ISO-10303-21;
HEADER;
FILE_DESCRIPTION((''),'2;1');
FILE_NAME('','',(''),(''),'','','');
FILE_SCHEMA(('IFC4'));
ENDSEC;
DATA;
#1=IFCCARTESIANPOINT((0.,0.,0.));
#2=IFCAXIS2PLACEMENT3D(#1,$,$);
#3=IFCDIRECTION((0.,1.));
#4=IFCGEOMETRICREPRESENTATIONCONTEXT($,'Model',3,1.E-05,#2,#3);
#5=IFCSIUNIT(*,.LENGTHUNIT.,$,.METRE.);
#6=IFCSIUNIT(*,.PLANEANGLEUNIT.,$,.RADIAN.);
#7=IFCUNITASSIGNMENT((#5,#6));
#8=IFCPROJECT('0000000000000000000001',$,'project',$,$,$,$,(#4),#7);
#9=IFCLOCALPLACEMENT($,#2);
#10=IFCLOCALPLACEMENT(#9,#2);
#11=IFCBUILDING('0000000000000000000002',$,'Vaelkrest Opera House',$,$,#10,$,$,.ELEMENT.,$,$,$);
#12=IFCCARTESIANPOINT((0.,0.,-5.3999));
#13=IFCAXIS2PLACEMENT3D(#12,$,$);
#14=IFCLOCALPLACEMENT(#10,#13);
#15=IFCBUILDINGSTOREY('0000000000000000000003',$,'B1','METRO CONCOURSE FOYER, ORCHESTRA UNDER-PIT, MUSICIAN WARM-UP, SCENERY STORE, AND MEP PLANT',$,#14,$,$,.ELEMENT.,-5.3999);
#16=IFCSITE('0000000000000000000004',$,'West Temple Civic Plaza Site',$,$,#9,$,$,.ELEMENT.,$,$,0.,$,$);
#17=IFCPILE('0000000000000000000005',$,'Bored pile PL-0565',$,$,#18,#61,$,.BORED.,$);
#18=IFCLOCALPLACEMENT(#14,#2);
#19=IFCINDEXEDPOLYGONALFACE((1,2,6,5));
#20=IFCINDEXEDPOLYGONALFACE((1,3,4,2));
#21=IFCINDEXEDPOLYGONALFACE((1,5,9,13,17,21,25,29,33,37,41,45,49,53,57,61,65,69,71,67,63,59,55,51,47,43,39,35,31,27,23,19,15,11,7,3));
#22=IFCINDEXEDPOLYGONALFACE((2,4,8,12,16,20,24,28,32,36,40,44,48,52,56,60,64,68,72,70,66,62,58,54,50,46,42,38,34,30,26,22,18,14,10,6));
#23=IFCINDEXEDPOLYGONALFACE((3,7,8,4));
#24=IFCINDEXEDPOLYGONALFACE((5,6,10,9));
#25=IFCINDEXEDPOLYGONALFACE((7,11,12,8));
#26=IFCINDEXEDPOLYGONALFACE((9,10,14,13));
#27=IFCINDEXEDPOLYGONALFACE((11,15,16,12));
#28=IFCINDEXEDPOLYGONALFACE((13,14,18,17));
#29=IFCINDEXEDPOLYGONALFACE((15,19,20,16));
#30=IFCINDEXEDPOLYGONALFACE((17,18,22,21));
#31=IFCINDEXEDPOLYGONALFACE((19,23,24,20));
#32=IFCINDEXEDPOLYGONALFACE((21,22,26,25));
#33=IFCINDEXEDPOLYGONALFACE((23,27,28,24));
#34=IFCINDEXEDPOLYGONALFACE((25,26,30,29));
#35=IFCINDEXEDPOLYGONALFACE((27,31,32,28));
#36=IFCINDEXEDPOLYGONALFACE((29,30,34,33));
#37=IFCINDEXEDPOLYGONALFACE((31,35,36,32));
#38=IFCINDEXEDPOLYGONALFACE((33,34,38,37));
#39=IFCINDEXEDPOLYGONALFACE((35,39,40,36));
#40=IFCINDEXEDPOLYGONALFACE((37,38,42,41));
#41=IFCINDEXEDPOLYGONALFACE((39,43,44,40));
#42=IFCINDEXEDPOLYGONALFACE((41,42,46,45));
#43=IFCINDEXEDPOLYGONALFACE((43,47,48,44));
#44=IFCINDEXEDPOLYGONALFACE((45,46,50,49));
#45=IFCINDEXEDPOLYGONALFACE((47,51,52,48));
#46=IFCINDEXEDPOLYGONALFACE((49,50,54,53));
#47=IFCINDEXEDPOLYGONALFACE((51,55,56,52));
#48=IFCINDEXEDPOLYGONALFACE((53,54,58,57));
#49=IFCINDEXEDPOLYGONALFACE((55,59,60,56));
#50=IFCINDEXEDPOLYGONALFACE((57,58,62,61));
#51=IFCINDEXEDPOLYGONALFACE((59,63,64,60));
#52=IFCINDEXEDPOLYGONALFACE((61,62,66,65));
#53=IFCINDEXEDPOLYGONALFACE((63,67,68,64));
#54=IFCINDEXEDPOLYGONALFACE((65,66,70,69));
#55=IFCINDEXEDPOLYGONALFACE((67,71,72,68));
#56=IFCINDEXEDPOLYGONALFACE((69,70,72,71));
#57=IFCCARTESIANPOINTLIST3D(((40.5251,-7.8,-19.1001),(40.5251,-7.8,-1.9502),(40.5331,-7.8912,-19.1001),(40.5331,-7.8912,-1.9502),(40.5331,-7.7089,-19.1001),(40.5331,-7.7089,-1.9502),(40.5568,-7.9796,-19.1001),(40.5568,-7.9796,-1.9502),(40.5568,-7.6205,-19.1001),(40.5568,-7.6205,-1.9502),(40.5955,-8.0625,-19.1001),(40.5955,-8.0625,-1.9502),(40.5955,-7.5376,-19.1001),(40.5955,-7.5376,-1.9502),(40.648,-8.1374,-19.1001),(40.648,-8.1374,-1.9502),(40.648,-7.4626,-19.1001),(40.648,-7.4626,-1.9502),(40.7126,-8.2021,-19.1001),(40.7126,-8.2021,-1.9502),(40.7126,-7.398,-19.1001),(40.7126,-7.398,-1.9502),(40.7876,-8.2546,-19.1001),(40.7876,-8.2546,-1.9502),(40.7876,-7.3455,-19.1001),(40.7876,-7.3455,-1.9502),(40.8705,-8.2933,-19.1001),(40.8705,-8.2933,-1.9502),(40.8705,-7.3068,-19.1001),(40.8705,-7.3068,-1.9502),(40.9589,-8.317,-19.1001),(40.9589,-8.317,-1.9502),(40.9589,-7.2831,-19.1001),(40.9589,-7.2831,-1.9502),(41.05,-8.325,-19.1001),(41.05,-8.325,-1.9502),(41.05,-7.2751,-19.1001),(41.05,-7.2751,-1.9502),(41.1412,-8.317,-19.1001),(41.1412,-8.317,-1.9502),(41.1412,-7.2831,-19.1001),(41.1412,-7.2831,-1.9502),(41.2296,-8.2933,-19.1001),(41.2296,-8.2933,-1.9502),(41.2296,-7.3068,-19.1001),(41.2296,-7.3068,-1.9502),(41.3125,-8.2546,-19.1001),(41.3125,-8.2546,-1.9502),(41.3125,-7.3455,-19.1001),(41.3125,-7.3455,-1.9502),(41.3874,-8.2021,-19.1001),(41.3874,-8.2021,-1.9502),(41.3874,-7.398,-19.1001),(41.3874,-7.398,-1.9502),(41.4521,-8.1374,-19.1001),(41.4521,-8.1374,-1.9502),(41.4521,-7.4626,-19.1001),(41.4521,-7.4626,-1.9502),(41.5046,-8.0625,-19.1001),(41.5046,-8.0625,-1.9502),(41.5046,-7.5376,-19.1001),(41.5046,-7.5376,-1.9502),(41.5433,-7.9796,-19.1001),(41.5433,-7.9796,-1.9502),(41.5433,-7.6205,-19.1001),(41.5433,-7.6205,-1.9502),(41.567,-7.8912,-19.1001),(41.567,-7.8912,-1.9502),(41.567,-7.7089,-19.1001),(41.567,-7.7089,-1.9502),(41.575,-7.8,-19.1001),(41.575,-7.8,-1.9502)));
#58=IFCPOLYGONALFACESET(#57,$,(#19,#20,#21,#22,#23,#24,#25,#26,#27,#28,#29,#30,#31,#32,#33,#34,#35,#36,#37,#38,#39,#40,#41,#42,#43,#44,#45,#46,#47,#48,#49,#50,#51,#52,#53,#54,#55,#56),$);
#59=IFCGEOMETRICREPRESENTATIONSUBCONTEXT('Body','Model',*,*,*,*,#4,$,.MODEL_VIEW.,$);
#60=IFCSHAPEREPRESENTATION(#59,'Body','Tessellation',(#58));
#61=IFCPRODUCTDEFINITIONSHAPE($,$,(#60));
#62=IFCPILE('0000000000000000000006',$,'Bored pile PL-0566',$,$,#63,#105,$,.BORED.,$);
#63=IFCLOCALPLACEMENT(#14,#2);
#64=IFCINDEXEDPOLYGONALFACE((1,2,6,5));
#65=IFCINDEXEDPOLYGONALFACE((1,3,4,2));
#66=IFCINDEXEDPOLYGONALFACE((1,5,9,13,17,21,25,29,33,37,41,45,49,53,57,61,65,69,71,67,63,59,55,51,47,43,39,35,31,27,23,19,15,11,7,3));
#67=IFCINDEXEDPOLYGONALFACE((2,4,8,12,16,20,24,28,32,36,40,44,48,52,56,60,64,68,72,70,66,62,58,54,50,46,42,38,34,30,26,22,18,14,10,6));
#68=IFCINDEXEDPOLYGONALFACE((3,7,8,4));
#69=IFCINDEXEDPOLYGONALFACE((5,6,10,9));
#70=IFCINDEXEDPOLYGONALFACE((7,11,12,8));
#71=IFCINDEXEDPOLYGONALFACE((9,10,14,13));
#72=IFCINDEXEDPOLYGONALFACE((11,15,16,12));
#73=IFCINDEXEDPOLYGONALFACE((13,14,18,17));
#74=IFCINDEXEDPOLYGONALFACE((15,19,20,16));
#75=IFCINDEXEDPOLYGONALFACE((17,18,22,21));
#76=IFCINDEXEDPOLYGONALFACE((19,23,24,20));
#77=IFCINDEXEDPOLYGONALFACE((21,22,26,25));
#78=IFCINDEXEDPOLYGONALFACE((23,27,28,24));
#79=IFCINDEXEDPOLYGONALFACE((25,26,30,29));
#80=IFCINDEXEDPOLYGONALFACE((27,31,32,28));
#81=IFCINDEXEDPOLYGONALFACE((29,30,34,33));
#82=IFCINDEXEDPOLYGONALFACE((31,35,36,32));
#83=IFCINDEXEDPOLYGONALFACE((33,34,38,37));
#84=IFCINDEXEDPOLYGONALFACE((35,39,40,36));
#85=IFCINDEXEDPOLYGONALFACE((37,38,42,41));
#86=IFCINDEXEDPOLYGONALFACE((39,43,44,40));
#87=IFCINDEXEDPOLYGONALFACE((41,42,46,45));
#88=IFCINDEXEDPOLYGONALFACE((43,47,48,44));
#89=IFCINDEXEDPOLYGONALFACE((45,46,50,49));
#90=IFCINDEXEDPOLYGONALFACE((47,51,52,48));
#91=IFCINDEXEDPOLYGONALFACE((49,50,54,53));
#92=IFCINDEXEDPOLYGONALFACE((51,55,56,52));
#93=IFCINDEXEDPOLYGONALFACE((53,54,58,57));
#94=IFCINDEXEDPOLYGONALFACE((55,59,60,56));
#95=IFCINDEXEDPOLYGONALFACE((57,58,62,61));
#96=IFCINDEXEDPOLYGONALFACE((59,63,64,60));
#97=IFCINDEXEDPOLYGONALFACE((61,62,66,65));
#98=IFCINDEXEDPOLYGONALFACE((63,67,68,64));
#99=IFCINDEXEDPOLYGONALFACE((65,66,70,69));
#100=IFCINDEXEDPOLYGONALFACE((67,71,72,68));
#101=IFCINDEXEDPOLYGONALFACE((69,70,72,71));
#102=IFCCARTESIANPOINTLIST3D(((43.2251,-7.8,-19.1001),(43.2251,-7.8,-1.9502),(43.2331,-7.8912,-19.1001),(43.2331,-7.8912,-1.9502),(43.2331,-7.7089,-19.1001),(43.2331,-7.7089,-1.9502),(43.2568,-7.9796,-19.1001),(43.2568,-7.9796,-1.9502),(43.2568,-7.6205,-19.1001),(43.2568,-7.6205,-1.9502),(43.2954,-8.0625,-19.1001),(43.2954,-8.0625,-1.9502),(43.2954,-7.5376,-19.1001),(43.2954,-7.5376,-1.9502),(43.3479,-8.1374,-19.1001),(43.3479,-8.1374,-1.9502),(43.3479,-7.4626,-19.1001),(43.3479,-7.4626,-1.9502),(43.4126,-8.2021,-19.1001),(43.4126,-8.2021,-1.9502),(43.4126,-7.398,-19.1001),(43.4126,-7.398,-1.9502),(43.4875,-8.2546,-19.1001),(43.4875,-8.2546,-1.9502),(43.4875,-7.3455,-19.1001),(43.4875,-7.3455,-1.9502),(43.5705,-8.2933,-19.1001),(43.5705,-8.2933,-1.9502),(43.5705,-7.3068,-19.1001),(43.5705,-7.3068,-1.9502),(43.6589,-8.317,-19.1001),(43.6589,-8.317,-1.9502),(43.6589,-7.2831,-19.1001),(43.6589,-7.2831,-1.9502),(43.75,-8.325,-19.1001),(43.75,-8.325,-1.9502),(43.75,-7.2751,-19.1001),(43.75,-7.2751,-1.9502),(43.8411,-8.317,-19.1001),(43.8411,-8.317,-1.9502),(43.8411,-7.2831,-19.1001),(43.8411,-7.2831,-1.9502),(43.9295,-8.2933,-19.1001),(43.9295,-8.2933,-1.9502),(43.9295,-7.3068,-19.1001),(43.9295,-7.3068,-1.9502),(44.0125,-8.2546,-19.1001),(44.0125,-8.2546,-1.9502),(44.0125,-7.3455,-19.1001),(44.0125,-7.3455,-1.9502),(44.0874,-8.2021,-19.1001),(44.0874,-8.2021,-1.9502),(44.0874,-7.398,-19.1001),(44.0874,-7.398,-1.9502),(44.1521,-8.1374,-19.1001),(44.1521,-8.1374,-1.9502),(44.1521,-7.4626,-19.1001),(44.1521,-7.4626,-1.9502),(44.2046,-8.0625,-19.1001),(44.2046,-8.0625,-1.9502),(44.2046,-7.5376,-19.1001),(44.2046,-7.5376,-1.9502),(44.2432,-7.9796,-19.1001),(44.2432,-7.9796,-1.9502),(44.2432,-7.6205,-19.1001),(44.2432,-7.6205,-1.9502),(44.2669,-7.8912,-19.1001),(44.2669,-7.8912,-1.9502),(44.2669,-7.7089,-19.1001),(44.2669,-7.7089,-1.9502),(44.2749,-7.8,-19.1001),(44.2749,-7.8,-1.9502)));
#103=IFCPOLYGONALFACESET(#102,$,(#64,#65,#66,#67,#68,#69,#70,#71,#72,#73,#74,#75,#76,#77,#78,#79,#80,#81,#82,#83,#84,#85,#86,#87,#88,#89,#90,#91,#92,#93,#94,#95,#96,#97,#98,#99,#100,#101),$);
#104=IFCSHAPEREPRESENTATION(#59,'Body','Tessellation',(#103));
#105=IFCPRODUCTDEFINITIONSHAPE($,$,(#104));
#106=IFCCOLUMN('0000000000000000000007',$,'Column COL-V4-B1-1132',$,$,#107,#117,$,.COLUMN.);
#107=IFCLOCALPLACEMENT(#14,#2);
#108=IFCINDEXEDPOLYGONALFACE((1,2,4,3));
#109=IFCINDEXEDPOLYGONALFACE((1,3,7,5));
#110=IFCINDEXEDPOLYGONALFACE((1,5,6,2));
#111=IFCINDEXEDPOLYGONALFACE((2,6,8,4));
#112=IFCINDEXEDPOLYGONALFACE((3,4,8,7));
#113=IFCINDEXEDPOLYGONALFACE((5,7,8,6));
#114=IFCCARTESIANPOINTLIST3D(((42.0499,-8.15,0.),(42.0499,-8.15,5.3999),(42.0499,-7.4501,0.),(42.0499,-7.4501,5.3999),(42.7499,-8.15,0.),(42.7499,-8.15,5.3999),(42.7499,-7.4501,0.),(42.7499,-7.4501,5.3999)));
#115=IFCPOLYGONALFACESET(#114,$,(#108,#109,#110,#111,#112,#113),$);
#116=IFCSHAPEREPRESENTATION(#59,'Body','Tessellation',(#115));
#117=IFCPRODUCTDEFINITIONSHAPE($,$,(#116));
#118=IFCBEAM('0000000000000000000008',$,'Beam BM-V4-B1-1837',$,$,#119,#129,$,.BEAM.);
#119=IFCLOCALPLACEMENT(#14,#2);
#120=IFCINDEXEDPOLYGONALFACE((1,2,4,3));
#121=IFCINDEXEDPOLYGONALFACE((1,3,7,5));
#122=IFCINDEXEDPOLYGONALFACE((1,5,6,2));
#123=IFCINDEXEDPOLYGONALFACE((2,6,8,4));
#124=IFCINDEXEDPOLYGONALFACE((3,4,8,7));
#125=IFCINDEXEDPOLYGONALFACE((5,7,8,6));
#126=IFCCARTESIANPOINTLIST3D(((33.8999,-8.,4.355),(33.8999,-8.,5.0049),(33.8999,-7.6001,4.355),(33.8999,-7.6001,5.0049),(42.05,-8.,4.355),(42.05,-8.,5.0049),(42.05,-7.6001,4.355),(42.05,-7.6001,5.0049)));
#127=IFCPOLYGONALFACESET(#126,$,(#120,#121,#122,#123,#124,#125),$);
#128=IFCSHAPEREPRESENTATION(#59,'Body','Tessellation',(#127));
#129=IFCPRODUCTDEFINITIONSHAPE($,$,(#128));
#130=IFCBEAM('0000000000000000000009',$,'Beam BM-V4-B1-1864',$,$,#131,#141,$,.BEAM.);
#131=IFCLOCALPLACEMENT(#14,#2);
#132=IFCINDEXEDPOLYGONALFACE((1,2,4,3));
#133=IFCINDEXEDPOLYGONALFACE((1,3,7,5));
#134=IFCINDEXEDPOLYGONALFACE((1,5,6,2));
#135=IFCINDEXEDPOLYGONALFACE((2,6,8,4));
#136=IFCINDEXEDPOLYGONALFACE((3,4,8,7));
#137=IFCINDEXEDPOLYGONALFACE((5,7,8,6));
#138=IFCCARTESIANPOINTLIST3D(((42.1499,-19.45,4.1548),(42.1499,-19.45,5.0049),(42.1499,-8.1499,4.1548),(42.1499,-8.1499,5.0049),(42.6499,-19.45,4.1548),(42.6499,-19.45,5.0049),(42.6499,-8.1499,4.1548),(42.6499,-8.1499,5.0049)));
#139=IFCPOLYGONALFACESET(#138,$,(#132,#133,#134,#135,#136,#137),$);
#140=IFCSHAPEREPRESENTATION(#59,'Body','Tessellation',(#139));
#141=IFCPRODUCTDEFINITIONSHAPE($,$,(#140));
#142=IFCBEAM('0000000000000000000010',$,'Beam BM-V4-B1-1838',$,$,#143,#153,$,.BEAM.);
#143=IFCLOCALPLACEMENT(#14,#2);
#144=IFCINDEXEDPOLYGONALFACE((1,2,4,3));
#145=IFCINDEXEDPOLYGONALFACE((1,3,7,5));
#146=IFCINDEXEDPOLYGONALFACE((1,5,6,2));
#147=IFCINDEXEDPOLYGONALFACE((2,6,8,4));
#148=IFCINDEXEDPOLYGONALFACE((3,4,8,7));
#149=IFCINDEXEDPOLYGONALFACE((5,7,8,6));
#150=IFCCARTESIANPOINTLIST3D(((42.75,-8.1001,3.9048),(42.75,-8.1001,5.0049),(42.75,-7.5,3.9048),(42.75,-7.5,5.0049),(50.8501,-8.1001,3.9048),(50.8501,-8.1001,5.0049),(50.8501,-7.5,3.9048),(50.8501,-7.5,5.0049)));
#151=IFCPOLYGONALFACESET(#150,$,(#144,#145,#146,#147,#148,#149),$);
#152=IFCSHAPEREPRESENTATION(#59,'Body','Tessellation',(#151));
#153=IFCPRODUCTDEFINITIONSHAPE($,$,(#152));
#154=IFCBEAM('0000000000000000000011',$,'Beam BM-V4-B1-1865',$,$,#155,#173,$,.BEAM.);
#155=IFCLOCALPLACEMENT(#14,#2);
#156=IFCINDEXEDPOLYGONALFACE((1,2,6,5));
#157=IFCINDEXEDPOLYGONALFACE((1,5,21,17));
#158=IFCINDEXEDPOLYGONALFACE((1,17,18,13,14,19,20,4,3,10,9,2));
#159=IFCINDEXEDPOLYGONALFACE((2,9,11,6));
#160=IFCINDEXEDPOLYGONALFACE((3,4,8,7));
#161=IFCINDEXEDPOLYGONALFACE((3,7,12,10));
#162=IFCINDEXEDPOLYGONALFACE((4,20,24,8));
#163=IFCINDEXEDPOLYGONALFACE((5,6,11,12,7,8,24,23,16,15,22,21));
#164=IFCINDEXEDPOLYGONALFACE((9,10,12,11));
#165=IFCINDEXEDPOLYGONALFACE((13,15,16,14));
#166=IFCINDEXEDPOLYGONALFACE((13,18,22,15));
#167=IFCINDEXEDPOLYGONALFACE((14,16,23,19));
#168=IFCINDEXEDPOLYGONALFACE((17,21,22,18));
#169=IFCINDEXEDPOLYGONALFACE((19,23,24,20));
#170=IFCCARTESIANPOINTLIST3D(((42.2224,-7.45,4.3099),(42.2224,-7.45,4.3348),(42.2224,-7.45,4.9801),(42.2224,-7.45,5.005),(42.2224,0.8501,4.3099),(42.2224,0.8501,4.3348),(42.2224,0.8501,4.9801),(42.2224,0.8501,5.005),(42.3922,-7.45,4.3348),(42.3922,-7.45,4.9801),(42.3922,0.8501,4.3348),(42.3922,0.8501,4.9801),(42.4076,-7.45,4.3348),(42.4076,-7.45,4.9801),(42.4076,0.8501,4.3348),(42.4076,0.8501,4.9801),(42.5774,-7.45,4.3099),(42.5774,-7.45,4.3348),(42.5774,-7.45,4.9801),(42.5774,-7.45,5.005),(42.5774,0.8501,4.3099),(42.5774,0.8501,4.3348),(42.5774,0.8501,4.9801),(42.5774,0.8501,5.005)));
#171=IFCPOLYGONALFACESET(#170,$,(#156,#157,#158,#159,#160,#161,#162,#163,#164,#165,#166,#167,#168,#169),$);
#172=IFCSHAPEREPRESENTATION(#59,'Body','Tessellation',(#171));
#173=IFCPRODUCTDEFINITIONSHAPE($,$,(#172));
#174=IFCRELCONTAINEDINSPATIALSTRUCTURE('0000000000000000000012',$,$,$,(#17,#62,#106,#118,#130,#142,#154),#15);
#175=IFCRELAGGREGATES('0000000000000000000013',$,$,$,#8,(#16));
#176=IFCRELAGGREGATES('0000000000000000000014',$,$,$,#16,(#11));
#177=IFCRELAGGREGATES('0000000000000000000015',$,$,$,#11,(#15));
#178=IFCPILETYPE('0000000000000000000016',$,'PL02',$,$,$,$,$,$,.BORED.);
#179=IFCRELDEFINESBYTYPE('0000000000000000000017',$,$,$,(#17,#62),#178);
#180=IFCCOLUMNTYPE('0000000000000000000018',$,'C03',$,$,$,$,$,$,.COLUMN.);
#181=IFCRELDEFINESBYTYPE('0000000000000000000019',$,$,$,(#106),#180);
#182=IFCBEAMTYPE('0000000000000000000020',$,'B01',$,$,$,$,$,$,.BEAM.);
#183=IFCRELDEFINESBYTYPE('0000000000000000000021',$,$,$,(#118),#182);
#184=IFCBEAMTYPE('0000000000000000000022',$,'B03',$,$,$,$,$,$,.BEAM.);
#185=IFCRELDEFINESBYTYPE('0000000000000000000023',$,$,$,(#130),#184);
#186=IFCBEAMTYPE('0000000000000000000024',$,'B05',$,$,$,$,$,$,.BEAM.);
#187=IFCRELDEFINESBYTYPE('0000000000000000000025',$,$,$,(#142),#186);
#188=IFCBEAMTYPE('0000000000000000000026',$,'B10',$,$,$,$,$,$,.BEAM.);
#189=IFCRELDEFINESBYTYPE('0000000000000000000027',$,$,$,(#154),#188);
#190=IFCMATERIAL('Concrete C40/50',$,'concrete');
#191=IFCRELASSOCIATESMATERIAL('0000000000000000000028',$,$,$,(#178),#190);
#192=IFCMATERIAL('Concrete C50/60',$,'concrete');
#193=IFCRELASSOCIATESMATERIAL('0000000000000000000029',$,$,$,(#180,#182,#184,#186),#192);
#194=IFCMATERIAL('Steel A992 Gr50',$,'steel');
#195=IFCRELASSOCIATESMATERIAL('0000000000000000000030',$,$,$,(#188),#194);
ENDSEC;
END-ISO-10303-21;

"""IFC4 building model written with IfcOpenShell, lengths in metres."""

from ifc_helpers import new_model, si_unit, direction, frame, origin, origin_2d, place, context, subcontext, project, spatial, rectangle, circle, i_section, extrude, material, material_profile, profile_set, type_object, element, save


model = new_model("IFC4")

# Units and contexts
model_context = context("Model", 3, precision=1e-05, world=origin(), true_north=direction((0.0, 1.0)))
body_context = subcontext(model_context, "Body", "Model", "MODEL_VIEW")
ifc_project = project(units=[si_unit("LENGTHUNIT", "METRE"), si_unit("PLANEANGLEUNIT", "RADIAN")], contexts=[model_context])

# Site, building, storey
site_placement = place(None, origin())
site = spatial("IfcSite", under=ifc_project, at=site_placement, Name="West Temple Civic Plaza Site", CompositionType="ELEMENT", RefElevation=0.0)
building_placement = place(site_placement, origin())
building = spatial("IfcBuilding", under=site, at=building_placement, Name="Vaelkrest Opera House", CompositionType="ELEMENT")
storey_placement = place(building_placement, frame((0.0, 0.0, -5.3999)))
storey = spatial("IfcBuildingStorey", under=building, at=storey_placement, Name="B1", Description="METRO CONCOURSE FOYER, ORCHESTRA UNDER-PIT, MUSICIAN WARM-UP, SCENERY STORE, AND MEP PLANT", CompositionType="ELEMENT", Elevation=-5.3999)

# Shared definitions
ifc_material_1 = material(Name="Concrete C40/50", Category="concrete")

# Piles
ifc_material_profile_1 = material_profile(ifc_material_1, circle(Radius=0.5249, at=origin_2d()), Name="PILE1050")
ifc_profile_set_1 = profile_set([ifc_material_profile_1], Name="Concrete C40/50")
pile_type_1 = type_object("IfcPileType", Name="PL02", PredefinedType="BORED", material=ifc_profile_set_1)
for number, where, z_axis, x_axis, name in (
    (1, (41.05, -7.8, -1.9502), (0.0, 0.0, -1.0), (1.0, 0.0, 0.0), "Bored pile PL-0565"),
    (2, (43.75, -7.8, -1.9502), (0.0, 0.0, -1.0), (1.0, 0.0, 0.0), "Bored pile PL-0566"),
):
    element("IfcPile", number, at=place(storey_placement, frame(where, z_axis=z_axis, x_axis=x_axis)), inside=storey, type_object=pile_type_1, Name=name, PredefinedType="BORED", context=body_context, shape_type="SweptSolid", body=[
        extrude(circle(Radius=0.5249, at=origin_2d()), origin(), (0.0, 0.0, 1.0), 17.1499),
    ])

# Column
ifc_material_2 = material(Name="Concrete C50/60", Category="concrete")
ifc_material_profile_2 = material_profile(ifc_material_2, rectangle(XDim=0.7, YDim=0.7, at=origin_2d()), Name="RC700X700")
ifc_profile_set_2 = profile_set([ifc_material_profile_2], Name="Concrete C50/60")
column_type = type_object("IfcColumnType", Name="C03", PredefinedType="COLUMN", material=ifc_profile_set_2)
column_placement = place(storey_placement, frame((42.3999, -7.8, 0.0), z_axis=(0.0, 0.0, 1.0), x_axis=(1.0, 0.0, 0.0)))
element("IfcColumn", 3, at=column_placement, inside=storey, type_object=column_type, Name="Column COL-V4-B1-1132", PredefinedType="COLUMN", context=body_context, shape_type="SweptSolid", body=[
    extrude(rectangle(XDim=0.7, YDim=0.7, at=origin_2d()), origin(), (0.0, 0.0, 1.0), 5.3999),
])

# Beams
ifc_material_profile_3 = material_profile(ifc_material_2, rectangle(XDim=0.3999, YDim=0.6499, at=origin_2d()), Name="RCB400X650")
ifc_profile_set_3 = profile_set([ifc_material_profile_3], Name="Concrete C50/60")
beam_type_1 = type_object("IfcBeamType", Name="B01", PredefinedType="BEAM", material=ifc_profile_set_3)
beam_1_placement = place(storey_placement, frame((33.8999, -7.8, 4.6799), z_axis=(1.0, 0.0, 0.0), x_axis=(0.0, 1.0, 0.0)))
element("IfcBeam", 4, at=beam_1_placement, inside=storey, type_object=beam_type_1, Name="Beam BM-V4-B1-1837", PredefinedType="BEAM", context=body_context, shape_type="SweptSolid", body=[
    extrude(rectangle(XDim=0.3999, YDim=0.6499, at=origin_2d()), origin(), (0.0, 0.0, 1.0), 8.1501),
])
ifc_material_profile_4 = material_profile(ifc_material_2, rectangle(XDim=0.5, YDim=0.8501, at=origin_2d()), Name="RCB500X850")
ifc_profile_set_4 = profile_set([ifc_material_profile_4], Name="Concrete C50/60")
beam_type_2 = type_object("IfcBeamType", Name="B03", PredefinedType="BEAM", material=ifc_profile_set_4)
beam_2_placement = place(storey_placement, frame((42.3999, -19.45, 4.5798), z_axis=(0.0, 1.0, 0.0), x_axis=(-1.0, 0.0, 0.0)))
element("IfcBeam", 5, at=beam_2_placement, inside=storey, type_object=beam_type_2, Name="Beam BM-V4-B1-1864", PredefinedType="BEAM", context=body_context, shape_type="SweptSolid", body=[
    extrude(rectangle(XDim=0.5, YDim=0.8501, at=origin_2d()), origin(), (0.0, 0.0, 1.0), 11.3),
])
ifc_material_profile_5 = material_profile(ifc_material_2, rectangle(XDim=0.6001, YDim=1.1001, at=origin_2d()), Name="RCB600X1100")
ifc_profile_set_5 = profile_set([ifc_material_profile_5], Name="Concrete C50/60")
beam_type_3 = type_object("IfcBeamType", Name="B05", PredefinedType="BEAM", material=ifc_profile_set_5)
beam_3_placement = place(storey_placement, frame((42.75, -7.8, 4.4548), z_axis=(1.0, 0.0, 0.0), x_axis=(0.0, 1.0, 0.0)))
element("IfcBeam", 6, at=beam_3_placement, inside=storey, type_object=beam_type_3, Name="Beam BM-V4-B1-1838", PredefinedType="BEAM", context=body_context, shape_type="SweptSolid", body=[
    extrude(rectangle(XDim=0.6001, YDim=1.1001, at=origin_2d()), origin(), (0.0, 0.0, 1.0), 8.1001),
])
ifc_material_3 = material(Name="Steel A992 Gr50", Category="steel")
ifc_material_profile_6 = material_profile(ifc_material_3, i_section(OverallWidth=0.355, OverallDepth=0.6951, WebThickness=0.0154, FlangeThickness=0.0249, at=origin_2d()), Name="W27X146")
ifc_profile_set_6 = profile_set([ifc_material_profile_6], Name="Steel A992 Gr50")
beam_type_4 = type_object("IfcBeamType", Name="B10", PredefinedType="BEAM", material=ifc_profile_set_6)
beam_4_placement = place(storey_placement, frame((42.3999, -7.45, 4.6575), z_axis=(0.0, 1.0, 0.0), x_axis=(-1.0, 0.0, 0.0)))
element("IfcBeam", 7, at=beam_4_placement, inside=storey, type_object=beam_type_4, Name="Beam BM-V4-B1-1865", PredefinedType="BEAM", context=body_context, shape_type="SweptSolid", body=[
    extrude(i_section(OverallWidth=0.355, OverallDepth=0.6951, WebThickness=0.0154, FlangeThickness=0.0249, at=origin_2d()), origin(), (0.0, 0.0, 1.0), 8.3),
])

save(model, "model.ifc")
